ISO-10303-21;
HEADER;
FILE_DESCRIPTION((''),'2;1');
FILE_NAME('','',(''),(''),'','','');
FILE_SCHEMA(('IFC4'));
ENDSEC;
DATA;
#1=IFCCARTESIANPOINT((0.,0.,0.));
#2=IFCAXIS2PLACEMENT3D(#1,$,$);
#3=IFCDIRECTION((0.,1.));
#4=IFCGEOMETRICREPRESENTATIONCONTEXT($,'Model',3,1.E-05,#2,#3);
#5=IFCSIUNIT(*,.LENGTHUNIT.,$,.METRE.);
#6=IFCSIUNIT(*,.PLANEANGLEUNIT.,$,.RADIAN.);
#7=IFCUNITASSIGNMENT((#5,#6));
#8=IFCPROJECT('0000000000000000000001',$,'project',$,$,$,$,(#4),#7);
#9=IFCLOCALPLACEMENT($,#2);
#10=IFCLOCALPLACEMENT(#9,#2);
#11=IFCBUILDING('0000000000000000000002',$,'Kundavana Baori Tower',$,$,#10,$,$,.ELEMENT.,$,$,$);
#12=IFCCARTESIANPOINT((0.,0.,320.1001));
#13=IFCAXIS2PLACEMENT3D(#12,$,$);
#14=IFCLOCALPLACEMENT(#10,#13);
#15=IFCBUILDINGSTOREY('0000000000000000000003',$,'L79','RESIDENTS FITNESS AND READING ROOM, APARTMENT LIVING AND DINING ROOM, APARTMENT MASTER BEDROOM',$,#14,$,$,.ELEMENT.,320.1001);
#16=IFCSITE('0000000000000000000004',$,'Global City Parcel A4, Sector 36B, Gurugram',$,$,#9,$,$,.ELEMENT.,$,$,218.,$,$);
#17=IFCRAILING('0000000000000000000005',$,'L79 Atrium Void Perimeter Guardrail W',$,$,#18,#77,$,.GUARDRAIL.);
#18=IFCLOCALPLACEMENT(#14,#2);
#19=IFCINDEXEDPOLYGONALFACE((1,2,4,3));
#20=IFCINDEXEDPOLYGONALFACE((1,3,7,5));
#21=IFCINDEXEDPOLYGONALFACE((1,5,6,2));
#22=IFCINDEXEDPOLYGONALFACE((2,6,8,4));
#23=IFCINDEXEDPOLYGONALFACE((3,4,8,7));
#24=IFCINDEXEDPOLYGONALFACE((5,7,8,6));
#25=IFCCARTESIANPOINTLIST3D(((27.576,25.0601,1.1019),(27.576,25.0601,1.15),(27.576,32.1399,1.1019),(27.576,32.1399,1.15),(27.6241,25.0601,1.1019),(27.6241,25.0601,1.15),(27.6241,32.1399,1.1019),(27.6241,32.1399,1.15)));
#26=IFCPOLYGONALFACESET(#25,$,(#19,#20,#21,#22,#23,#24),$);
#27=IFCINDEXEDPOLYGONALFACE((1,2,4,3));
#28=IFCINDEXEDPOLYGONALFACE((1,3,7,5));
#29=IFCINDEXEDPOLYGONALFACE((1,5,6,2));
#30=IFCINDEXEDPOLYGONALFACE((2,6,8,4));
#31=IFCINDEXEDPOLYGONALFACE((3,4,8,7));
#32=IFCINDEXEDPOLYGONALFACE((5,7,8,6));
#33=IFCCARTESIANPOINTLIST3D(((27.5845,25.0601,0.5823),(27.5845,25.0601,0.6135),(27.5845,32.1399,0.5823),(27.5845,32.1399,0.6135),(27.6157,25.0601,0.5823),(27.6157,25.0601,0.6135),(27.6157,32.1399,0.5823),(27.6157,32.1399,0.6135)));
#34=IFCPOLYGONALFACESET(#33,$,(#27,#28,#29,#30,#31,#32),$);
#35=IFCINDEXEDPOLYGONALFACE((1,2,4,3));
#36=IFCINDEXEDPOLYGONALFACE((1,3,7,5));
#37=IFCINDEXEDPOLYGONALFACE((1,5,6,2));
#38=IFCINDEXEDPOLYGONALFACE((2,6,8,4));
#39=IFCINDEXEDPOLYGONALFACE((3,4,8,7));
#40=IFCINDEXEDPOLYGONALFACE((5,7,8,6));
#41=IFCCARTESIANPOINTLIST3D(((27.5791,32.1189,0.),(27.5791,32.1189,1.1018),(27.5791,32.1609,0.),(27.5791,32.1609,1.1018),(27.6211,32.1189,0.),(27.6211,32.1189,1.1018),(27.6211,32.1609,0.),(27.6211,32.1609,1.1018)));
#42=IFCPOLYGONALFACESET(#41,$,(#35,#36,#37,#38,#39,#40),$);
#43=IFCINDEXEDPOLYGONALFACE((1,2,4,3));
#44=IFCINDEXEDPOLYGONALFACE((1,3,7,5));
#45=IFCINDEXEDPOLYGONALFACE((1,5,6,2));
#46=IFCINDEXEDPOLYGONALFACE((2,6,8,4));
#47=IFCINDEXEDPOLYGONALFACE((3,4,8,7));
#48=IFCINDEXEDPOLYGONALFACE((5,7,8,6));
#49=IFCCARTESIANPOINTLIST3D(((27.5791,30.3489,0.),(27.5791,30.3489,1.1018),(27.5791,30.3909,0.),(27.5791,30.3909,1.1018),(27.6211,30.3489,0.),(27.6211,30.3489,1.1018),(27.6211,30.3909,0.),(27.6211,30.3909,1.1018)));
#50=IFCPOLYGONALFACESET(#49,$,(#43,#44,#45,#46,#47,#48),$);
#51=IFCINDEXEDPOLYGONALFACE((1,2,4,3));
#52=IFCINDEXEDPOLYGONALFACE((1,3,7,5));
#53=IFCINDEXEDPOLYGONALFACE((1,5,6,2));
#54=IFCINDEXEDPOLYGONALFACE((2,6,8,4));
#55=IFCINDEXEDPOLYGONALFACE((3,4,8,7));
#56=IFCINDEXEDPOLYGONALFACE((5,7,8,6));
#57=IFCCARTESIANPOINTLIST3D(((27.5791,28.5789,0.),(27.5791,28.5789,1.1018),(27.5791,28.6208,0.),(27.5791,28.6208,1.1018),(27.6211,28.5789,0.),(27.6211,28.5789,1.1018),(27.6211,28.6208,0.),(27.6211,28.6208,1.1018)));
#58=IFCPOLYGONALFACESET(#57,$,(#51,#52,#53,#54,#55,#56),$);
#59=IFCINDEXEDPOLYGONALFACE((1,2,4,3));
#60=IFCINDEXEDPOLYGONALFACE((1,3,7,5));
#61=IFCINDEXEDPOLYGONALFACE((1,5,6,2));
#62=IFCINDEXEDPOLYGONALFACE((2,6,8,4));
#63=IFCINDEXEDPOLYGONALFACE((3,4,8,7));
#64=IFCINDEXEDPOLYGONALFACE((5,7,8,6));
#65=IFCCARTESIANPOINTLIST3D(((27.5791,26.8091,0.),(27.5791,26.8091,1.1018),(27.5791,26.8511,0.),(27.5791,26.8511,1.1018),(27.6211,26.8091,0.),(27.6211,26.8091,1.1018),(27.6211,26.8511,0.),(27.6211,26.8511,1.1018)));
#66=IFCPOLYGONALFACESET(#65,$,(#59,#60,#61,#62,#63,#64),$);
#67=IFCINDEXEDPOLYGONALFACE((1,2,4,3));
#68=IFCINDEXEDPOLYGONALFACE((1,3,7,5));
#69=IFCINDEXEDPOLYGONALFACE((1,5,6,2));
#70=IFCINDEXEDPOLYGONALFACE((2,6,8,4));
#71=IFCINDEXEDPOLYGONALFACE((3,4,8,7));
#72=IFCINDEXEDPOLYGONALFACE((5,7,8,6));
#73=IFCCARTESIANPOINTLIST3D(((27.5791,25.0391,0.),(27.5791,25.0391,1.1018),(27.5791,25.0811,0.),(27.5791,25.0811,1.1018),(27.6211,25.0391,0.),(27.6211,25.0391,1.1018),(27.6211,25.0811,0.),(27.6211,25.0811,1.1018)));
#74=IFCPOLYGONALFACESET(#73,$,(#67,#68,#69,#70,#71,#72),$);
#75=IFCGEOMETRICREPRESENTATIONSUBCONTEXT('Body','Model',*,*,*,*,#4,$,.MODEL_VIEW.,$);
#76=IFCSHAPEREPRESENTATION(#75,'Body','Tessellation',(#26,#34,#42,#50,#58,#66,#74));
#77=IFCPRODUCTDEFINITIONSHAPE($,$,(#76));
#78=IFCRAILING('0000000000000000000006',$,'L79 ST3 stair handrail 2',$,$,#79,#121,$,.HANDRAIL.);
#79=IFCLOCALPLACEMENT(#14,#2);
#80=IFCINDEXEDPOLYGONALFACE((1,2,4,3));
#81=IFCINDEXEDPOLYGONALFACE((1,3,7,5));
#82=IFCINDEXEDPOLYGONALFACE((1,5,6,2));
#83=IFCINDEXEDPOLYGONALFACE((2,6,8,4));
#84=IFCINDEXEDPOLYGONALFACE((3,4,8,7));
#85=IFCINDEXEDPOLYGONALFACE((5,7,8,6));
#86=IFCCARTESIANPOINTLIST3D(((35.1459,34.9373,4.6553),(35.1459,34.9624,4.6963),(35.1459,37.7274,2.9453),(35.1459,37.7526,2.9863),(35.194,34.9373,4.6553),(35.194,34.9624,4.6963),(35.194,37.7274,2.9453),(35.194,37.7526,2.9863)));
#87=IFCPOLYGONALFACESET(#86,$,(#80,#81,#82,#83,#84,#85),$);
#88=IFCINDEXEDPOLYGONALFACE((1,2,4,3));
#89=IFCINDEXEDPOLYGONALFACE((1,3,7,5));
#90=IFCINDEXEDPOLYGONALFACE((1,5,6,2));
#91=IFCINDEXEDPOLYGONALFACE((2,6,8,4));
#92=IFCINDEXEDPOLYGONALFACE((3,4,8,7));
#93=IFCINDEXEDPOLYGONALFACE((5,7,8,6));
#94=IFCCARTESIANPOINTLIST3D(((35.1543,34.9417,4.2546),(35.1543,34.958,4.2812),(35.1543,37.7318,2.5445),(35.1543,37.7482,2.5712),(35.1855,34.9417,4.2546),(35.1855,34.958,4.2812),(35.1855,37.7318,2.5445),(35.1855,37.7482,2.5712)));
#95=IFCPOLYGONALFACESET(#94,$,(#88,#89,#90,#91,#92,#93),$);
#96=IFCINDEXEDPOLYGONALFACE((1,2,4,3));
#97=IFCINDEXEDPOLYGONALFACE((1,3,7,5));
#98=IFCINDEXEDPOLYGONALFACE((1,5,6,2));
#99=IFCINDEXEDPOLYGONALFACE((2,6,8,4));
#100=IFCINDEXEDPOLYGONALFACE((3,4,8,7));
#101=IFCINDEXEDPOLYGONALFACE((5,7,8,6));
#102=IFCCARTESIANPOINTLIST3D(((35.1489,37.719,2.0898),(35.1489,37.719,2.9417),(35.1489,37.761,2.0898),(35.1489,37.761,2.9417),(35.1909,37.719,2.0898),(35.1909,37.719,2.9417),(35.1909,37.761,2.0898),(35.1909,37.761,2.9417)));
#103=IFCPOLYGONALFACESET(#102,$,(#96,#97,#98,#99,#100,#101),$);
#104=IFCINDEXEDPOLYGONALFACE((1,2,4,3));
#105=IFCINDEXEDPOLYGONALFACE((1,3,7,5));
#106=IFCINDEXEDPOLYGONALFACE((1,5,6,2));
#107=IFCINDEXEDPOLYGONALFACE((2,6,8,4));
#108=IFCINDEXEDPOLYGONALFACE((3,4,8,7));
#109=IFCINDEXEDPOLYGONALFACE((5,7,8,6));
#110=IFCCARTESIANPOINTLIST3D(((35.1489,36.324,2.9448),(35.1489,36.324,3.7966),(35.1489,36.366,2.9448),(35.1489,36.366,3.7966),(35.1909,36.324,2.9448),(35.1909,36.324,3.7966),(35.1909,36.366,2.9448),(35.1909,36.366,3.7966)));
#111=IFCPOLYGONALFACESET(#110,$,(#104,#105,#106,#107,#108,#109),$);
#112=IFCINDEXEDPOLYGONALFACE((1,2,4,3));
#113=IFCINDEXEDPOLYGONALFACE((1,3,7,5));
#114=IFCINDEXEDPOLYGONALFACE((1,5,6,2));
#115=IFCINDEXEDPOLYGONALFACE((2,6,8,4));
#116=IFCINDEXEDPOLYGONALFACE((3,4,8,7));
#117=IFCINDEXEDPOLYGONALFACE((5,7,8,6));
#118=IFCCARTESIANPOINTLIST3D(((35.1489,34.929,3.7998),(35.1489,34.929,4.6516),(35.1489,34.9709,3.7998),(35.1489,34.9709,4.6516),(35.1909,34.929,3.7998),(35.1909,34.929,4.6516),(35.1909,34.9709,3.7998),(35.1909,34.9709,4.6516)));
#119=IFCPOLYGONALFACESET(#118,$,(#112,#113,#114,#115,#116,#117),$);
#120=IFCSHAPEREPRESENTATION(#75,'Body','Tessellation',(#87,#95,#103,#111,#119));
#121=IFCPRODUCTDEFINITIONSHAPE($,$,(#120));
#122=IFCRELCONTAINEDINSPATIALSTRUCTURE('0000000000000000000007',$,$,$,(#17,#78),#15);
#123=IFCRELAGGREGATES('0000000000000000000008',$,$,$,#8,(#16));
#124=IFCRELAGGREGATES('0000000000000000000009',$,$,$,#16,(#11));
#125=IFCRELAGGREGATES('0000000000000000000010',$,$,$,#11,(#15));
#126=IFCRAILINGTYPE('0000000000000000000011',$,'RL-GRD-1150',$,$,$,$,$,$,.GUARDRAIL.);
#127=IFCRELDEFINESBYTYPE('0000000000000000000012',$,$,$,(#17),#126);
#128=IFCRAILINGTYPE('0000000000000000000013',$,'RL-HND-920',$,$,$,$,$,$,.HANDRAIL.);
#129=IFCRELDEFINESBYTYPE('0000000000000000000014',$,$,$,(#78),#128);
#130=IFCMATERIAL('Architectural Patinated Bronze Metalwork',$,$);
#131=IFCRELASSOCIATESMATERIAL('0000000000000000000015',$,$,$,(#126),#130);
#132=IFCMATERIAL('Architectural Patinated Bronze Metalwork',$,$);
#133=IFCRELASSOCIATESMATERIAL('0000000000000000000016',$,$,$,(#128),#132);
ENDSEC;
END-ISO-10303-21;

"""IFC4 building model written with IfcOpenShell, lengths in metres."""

from ifc_helpers import new_model, si_unit, direction, frame, origin, origin_2d, place, context, subcontext, project, spatial, rectangle, extrude, material, type_object, element, save


model = new_model("IFC4")

# Units and contexts
model_context = context("Model", 3, precision=1e-05, world=origin(), true_north=direction((0.0, 1.0)))
body_context = subcontext(model_context, "Body", "Model", "MODEL_VIEW")
ifc_project = project(units=[si_unit("LENGTHUNIT", "METRE"), si_unit("PLANEANGLEUNIT", "RADIAN")], contexts=[model_context])

# Site, building, storey
site_placement = place(None, origin())
site = spatial("IfcSite", under=ifc_project, at=site_placement, Name="Global City Parcel A4, Sector 36B, Gurugram", CompositionType="ELEMENT", RefElevation=218.0)
building_placement = place(site_placement, origin())
building = spatial("IfcBuilding", under=site, at=building_placement, Name="Kundavana Baori Tower", CompositionType="ELEMENT")
storey_placement = place(building_placement, frame((0.0, 0.0, 320.1001)))
storey = spatial("IfcBuildingStorey", under=building, at=storey_placement, Name="L79", Description="RESIDENTS FITNESS AND READING ROOM, APARTMENT LIVING AND DINING ROOM, APARTMENT MASTER BEDROOM", CompositionType="ELEMENT", Elevation=320.1001)

# Railings
ifc_material_1 = material(Name="Architectural Patinated Bronze Metalwork")
railing_type_1 = type_object("IfcRailingType", Name="RL-GRD-1150", PredefinedType="GUARDRAIL", material=ifc_material_1)
railing_1_placement = place(storey_placement, frame((27.6001, 32.1399, 0.0)))
element("IfcRailing", 1, at=railing_1_placement, inside=storey, type_object=railing_type_1, Name="L79 Atrium Void Perimeter Guardrail W", PredefinedType="GUARDRAIL", context=body_context, shape_type="SweptSolid", body=[
    extrude(rectangle(XDim=0.0481, YDim=0.0481, at=origin_2d()), frame((0.0, 0.0, 1.126), z_axis=(0.0, -1.0, 0.0), x_axis=(1.0, 0.0, 0.0)), (0.0, 0.0, 1.0), 7.0798),
    extrude(rectangle(XDim=0.0312, YDim=0.0312, at=origin_2d()), frame((0.0, 0.0, 0.5979), z_axis=(0.0, -1.0, 0.0), x_axis=(1.0, 0.0, 0.0)), (0.0, 0.0, 1.0), 7.0798),
    extrude(rectangle(XDim=0.042, YDim=0.042, at=origin_2d()), origin(), (0.0, 0.0, 1.0), 1.1018),
    extrude(rectangle(XDim=0.042, YDim=0.042, at=origin_2d()), frame((0.0, -1.77, 0.0)), (0.0, 0.0, 1.0), 1.1018),
    extrude(rectangle(XDim=0.042, YDim=0.042, at=origin_2d()), frame((0.0, -3.54, 0.0)), (0.0, 0.0, 1.0), 1.1018),
    extrude(rectangle(XDim=0.042, YDim=0.042, at=origin_2d()), frame((0.0, -5.3098, 0.0)), (0.0, 0.0, 1.0), 1.1018),
    extrude(rectangle(XDim=0.042, YDim=0.042, at=origin_2d()), frame((0.0, -7.0798, 0.0)), (0.0, 0.0, 1.0), 1.1018),
])
ifc_material_2 = material(Name="Architectural Patinated Bronze Metalwork")
railing_type_2 = type_object("IfcRailingType", Name="RL-HND-920", PredefinedType="HANDRAIL", material=ifc_material_2)
railing_2_placement = place(storey_placement, frame((35.1699, 37.74, 2.0898)))
element("IfcRailing", 2, at=railing_2_placement, inside=storey, type_object=railing_type_2, Name="L79 ST3 stair handrail 2", PredefinedType="HANDRAIL", context=body_context, shape_type="SweptSolid", body=[
    extrude(rectangle(XDim=0.0481, YDim=0.0481, at=origin_2d()), frame((0.0, 0.0, 0.876), z_axis=(0.0, -0.85261, 0.522548), x_axis=(1.0, 0.0, 0.0)), (0.0, 0.0, 1.0), 3.2725),
    extrude(rectangle(XDim=0.0312, YDim=0.0312, at=origin_2d()), frame((0.0, 0.0, 0.468), z_axis=(0.0, -0.85261, 0.522548), x_axis=(1.0, 0.0, 0.0)), (0.0, 0.0, 1.0), 3.2725),
    extrude(rectangle(XDim=0.042, YDim=0.042, at=origin_2d()), origin(), (0.0, 0.0, 1.0), 0.8518),
    extrude(rectangle(XDim=0.042, YDim=0.042, at=origin_2d()), frame((0.0, -1.395, 0.855)), (0.0, 0.0, 1.0), 0.8518),
    extrude(rectangle(XDim=0.042, YDim=0.042, at=origin_2d()), frame((0.0, -2.79, 1.71)), (0.0, 0.0, 1.0), 0.8518),
])

save(model, "model.ifc")
